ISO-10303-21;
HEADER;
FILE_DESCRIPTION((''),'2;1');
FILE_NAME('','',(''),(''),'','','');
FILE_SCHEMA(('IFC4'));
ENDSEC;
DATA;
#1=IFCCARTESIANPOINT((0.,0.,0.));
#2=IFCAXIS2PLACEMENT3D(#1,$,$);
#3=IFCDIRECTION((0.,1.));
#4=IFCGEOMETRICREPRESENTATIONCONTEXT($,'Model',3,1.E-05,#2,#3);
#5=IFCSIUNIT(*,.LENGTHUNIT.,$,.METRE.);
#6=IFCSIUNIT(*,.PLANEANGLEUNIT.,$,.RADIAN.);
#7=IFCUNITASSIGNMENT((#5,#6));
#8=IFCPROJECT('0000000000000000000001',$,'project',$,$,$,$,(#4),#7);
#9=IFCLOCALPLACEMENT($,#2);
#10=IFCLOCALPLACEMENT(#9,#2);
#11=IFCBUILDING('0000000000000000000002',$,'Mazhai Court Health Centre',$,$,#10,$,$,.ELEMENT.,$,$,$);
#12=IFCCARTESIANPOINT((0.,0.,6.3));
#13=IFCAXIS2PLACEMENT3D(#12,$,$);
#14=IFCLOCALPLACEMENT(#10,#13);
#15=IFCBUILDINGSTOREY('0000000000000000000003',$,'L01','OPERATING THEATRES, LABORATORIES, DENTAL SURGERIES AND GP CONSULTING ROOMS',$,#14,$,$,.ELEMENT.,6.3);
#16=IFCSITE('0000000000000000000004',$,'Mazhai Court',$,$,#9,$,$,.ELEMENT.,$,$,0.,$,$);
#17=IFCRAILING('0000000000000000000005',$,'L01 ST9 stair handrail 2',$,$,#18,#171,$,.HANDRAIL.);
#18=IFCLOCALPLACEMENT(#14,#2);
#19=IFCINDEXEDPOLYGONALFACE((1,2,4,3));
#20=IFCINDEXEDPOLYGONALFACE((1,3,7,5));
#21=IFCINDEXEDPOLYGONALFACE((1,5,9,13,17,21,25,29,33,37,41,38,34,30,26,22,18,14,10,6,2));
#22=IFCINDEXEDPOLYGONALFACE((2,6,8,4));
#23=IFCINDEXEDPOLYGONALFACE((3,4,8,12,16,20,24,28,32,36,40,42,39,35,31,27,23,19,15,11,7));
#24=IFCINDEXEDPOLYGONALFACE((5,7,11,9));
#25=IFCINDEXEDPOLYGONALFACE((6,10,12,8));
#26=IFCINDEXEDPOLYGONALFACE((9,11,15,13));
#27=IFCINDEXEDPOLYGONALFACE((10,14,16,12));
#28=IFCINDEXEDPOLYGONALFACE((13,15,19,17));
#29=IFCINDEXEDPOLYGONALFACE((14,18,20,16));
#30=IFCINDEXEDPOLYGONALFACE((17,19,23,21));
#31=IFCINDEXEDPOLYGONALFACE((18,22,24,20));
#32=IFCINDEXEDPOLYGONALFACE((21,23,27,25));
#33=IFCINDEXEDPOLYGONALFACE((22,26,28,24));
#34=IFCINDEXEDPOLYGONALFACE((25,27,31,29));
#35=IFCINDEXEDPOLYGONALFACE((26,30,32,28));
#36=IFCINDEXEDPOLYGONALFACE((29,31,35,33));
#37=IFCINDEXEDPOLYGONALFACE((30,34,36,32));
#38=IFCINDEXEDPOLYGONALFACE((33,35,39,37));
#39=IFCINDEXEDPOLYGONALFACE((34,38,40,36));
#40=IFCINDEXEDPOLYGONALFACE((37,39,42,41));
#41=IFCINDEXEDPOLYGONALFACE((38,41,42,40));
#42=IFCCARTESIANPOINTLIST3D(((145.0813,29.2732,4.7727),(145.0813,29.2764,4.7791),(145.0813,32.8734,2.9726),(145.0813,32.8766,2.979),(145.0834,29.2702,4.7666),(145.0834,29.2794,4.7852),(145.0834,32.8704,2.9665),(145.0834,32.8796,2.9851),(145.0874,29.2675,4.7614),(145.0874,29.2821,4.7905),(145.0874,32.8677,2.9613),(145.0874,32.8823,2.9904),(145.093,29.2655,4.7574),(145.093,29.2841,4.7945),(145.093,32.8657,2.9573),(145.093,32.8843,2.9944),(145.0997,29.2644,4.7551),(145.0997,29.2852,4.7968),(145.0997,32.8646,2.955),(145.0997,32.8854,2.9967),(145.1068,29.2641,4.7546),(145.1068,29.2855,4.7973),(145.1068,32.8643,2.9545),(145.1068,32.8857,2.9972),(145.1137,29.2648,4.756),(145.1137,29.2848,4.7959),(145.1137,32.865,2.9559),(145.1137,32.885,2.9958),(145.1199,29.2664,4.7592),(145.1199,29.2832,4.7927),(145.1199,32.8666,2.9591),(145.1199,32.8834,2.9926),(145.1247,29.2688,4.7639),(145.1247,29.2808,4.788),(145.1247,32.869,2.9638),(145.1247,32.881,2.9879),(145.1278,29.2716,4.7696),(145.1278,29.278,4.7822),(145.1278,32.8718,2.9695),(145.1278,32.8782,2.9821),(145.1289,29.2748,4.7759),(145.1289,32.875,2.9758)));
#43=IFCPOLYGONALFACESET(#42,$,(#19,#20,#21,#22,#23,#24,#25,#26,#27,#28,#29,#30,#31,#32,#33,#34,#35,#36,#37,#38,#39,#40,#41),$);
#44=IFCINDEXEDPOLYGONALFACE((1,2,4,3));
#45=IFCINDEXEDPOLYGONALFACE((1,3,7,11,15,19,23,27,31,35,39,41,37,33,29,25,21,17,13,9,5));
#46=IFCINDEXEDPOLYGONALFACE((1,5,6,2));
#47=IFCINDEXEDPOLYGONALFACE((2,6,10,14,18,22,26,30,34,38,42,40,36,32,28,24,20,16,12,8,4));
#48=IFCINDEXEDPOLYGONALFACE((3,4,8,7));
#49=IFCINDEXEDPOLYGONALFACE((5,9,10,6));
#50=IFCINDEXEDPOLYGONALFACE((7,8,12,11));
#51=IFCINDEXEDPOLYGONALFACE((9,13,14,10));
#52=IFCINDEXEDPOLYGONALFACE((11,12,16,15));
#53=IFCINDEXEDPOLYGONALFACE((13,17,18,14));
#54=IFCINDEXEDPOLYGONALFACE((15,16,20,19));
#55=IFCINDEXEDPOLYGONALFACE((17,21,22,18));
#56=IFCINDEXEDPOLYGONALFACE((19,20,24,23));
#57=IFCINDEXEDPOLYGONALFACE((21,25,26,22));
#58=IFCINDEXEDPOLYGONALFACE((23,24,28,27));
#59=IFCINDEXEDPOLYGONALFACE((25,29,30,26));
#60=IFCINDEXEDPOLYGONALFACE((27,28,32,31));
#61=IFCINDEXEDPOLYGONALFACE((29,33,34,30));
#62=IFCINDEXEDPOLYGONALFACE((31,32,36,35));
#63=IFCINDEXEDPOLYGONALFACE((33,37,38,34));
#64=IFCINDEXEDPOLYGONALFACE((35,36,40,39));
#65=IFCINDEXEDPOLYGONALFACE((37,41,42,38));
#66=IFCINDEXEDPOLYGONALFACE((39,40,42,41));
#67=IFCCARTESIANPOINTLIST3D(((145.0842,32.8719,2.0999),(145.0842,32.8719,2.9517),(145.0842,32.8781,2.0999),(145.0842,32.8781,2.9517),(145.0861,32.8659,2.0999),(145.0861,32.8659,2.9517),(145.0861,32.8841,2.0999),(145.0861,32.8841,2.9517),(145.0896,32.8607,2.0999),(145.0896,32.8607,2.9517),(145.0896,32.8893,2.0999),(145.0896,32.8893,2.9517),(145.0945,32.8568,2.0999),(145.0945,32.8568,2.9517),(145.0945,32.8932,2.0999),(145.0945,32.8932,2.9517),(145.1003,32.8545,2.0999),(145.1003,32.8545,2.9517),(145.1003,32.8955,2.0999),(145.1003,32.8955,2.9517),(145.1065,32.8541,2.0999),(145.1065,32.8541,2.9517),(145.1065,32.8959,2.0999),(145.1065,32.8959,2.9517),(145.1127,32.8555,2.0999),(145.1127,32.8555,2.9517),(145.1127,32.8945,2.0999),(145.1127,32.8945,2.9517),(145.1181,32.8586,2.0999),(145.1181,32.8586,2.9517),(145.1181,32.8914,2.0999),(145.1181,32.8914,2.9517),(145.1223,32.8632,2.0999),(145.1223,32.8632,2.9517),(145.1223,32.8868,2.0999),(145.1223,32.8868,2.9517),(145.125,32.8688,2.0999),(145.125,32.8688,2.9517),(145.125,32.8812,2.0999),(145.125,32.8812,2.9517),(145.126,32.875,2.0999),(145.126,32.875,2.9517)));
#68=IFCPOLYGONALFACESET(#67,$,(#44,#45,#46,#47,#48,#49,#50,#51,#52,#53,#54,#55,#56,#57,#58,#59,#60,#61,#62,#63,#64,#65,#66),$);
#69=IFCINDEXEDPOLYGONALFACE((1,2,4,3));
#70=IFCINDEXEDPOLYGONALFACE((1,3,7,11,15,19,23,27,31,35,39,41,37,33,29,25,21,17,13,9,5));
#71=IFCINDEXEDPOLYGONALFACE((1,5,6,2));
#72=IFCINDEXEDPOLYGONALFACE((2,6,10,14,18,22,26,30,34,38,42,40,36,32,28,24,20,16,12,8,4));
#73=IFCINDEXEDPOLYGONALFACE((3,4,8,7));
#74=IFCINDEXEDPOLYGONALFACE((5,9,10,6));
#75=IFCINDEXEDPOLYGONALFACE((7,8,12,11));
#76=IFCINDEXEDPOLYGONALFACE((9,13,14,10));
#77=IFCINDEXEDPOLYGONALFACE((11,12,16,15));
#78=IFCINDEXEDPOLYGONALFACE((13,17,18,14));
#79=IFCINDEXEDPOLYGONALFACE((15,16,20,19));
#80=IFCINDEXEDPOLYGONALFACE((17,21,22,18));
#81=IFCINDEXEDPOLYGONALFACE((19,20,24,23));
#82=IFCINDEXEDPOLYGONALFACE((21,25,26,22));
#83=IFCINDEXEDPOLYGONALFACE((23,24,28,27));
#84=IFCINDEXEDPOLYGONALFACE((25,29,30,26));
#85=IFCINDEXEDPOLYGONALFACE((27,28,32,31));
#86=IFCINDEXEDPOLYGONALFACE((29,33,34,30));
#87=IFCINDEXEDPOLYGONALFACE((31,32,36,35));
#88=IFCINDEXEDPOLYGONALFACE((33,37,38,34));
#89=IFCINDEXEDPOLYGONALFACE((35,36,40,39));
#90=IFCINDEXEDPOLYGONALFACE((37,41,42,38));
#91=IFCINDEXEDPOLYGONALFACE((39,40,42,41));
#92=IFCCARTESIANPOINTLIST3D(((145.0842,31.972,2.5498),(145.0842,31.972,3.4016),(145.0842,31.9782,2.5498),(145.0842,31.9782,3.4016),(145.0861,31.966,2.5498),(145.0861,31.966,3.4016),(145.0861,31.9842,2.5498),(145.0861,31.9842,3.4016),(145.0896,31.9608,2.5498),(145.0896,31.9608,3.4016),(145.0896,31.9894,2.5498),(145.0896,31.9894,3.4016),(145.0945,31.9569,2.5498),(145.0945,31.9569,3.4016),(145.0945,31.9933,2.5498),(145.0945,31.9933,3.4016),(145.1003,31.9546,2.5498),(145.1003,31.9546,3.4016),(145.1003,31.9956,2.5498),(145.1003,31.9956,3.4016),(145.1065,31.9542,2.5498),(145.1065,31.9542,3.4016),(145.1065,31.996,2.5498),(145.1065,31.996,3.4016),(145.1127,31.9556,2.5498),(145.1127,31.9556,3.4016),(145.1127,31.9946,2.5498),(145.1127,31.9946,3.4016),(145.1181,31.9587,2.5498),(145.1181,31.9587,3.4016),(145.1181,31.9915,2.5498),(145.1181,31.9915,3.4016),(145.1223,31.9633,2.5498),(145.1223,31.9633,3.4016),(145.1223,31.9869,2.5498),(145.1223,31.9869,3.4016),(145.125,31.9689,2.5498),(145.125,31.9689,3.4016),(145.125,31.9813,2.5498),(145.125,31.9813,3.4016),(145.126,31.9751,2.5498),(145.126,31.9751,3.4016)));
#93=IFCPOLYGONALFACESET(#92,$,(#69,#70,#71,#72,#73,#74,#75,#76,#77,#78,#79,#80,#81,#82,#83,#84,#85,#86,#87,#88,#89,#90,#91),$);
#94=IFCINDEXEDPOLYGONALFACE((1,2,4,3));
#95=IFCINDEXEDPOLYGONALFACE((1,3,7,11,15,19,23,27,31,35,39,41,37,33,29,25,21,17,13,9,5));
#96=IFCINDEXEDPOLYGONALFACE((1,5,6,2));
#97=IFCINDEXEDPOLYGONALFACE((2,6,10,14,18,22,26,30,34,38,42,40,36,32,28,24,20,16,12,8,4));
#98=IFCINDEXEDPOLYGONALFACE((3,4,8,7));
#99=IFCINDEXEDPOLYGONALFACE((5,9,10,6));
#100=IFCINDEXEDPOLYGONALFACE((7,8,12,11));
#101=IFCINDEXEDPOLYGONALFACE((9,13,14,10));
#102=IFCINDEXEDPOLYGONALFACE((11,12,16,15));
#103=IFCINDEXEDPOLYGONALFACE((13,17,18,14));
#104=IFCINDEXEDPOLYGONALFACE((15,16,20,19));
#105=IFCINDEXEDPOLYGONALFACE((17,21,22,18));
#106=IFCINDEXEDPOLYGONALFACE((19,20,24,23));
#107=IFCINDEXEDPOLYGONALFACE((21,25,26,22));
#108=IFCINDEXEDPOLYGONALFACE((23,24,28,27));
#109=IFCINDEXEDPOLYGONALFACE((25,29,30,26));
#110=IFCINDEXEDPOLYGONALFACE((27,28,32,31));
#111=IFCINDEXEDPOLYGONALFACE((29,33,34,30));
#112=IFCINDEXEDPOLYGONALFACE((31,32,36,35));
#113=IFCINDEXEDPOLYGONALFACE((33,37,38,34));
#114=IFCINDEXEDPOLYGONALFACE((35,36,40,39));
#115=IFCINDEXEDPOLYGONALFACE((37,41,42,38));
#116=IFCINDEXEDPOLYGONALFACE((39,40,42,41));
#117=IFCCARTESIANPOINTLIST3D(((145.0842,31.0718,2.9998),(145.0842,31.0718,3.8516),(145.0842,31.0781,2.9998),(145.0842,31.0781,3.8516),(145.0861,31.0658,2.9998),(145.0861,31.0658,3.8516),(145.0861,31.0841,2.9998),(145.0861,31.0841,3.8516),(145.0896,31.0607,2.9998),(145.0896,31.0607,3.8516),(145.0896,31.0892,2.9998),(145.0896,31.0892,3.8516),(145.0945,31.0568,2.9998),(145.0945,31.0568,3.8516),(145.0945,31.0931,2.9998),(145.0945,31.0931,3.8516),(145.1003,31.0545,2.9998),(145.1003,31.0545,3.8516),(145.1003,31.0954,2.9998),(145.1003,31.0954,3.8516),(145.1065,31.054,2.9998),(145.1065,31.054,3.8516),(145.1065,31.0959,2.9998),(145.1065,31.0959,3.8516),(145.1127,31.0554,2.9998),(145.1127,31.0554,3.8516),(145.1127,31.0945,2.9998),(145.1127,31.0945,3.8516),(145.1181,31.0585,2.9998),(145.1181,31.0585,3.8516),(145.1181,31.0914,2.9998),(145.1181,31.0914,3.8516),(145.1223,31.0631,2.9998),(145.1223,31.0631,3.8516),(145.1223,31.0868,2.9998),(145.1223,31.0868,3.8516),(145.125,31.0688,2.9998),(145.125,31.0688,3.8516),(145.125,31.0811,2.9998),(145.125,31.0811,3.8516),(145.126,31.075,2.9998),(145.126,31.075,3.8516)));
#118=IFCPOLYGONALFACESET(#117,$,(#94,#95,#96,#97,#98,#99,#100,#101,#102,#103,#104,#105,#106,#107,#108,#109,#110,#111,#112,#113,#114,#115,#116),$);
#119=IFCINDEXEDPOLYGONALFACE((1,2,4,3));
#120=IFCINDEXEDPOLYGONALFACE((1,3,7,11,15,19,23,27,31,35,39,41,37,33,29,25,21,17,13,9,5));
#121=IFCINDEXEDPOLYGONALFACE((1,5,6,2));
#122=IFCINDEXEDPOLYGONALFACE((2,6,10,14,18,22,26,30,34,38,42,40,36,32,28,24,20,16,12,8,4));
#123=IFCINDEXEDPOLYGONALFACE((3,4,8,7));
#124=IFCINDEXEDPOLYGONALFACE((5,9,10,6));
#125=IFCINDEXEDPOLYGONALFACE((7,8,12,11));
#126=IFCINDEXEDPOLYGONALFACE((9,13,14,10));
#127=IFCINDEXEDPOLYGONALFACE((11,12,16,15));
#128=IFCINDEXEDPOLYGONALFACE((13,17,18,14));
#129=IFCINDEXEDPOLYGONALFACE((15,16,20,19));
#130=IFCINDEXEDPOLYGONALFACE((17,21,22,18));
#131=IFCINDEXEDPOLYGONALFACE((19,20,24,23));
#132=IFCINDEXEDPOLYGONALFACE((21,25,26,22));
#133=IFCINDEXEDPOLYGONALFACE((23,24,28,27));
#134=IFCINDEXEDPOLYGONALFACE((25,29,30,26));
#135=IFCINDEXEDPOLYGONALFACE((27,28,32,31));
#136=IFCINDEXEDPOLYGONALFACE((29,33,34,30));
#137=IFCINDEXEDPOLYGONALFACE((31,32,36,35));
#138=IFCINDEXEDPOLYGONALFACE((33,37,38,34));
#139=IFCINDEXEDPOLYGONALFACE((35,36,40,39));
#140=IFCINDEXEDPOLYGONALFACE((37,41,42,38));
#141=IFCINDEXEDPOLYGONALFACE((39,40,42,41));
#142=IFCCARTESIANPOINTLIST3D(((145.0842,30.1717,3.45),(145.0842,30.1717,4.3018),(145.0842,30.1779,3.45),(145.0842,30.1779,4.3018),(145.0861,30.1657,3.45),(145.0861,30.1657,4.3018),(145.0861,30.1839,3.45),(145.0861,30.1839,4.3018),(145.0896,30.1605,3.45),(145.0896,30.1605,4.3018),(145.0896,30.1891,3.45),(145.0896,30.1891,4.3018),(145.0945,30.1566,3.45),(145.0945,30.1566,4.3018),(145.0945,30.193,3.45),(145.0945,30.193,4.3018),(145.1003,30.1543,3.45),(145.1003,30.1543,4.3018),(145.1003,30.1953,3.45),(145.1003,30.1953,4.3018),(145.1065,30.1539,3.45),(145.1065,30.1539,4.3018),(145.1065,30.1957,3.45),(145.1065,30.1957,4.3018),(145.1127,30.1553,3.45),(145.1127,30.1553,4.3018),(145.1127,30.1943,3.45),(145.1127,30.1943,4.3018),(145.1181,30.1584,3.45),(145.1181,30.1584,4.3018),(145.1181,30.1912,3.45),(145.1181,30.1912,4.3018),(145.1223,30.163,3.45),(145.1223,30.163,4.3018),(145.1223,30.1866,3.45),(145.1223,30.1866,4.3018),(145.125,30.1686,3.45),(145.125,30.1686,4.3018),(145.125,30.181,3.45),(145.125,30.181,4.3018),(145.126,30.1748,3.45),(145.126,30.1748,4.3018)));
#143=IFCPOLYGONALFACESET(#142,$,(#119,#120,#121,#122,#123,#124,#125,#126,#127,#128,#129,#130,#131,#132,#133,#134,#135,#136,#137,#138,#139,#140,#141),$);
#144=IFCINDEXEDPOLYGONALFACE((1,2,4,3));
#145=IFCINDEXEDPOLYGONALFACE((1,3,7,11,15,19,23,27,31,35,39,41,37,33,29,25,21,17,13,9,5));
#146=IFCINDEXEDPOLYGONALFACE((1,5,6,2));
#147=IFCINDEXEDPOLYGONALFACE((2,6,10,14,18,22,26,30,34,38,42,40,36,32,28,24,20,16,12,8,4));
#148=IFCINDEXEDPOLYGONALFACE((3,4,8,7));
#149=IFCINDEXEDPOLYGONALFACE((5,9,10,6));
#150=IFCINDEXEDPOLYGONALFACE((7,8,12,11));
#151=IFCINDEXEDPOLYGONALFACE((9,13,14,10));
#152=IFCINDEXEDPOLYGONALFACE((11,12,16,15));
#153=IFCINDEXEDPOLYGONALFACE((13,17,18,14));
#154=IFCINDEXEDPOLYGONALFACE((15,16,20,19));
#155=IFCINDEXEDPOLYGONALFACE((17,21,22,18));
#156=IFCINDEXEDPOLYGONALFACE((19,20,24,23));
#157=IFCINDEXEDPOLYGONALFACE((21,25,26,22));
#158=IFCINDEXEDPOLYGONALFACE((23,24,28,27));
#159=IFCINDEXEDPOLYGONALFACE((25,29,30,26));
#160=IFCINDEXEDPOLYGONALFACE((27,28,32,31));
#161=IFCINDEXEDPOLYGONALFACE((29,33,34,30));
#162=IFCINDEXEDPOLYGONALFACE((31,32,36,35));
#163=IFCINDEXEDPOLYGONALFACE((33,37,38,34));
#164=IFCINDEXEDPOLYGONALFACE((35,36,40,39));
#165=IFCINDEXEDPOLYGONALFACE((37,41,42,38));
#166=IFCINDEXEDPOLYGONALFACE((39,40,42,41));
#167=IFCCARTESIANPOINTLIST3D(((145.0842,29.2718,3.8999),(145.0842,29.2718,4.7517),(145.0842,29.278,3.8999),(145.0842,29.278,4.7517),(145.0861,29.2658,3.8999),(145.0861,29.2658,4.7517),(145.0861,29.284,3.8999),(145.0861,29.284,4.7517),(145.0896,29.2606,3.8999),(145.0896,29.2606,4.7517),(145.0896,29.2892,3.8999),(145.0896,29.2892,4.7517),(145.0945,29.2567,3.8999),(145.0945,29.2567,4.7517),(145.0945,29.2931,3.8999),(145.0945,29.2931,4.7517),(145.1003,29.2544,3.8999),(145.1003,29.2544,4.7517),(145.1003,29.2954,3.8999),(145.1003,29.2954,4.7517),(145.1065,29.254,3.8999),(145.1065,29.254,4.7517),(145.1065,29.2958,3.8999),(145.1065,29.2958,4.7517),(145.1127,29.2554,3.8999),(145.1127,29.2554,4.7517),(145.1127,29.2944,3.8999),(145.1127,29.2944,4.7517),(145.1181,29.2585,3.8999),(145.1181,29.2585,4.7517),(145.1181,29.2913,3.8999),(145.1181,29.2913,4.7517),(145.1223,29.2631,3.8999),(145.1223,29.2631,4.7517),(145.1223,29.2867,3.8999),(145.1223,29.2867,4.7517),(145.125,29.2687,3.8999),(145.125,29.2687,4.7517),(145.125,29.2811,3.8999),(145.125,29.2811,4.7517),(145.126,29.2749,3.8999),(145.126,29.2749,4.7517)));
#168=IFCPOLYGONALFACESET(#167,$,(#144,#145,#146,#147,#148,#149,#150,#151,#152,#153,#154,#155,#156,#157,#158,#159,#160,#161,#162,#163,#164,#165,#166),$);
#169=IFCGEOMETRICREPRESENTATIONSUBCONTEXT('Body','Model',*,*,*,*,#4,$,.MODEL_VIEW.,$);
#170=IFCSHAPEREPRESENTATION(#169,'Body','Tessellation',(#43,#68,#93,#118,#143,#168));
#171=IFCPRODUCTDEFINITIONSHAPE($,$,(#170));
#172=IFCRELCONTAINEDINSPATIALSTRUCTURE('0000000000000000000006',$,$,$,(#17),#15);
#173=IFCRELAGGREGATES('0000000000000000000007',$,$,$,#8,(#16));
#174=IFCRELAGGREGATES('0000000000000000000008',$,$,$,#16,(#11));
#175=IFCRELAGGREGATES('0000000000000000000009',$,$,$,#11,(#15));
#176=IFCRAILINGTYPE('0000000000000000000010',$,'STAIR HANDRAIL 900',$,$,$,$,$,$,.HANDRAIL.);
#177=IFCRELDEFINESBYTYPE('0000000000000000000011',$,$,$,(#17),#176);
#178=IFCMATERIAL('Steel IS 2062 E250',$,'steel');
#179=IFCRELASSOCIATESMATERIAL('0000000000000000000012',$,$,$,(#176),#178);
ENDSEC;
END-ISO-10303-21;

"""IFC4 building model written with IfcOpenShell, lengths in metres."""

from ifc_helpers import new_model, si_unit, direction, frame, origin, origin_2d, place, context, subcontext, project, spatial, circle, extrude, material, type_object, element, save


model = new_model("IFC4")

# Units and contexts
model_context = context("Model", 3, precision=1e-05, world=origin(), true_north=direction((0.0, 1.0)))
body_context = subcontext(model_context, "Body", "Model", "MODEL_VIEW")
ifc_project = project(units=[si_unit("LENGTHUNIT", "METRE"), si_unit("PLANEANGLEUNIT", "RADIAN")], contexts=[model_context])

# Site, building, storey
site_placement = place(None, origin())
site = spatial("IfcSite", under=ifc_project, at=site_placement, Name="Mazhai Court", CompositionType="ELEMENT", RefElevation=0.0)
building_placement = place(site_placement, origin())
building = spatial("IfcBuilding", under=site, at=building_placement, Name="Mazhai Court Health Centre", CompositionType="ELEMENT")
storey_placement = place(building_placement, frame((0.0, 0.0, 6.3)))
storey = spatial("IfcBuildingStorey", under=building, at=storey_placement, Name="L01", Description="OPERATING THEATRES, LABORATORIES, DENTAL SURGERIES AND GP CONSULTING ROOMS", CompositionType="ELEMENT", Elevation=6.3)

# Railing
ifc_material_1 = material(Name="Steel IS 2062 E250", Category="steel")
railing_type_1 = type_object("IfcRailingType", Name="STAIR HANDRAIL 900", PredefinedType="HANDRAIL", material=ifc_material_1)
railing_1_placement = place(storey_placement, frame((145.105, 32.875, 2.0999)))
element("IfcRailing", 1, at=railing_1_placement, inside=storey, type_object=railing_type_1, Name="L01 ST9 stair handrail 2", PredefinedType="HANDRAIL", context=body_context, shape_type="SweptSolid", body=[
    extrude(circle(Radius=0.0239, at=origin_2d()), frame((0.0, 0.0, 0.876), z_axis=(0.0, -0.894427, 0.447214), x_axis=(1.0, 0.0, 0.0)), (0.0, 0.0, 1.0), 4.0251),
    extrude(circle(Radius=0.021, at=origin_2d()), origin(), (0.0, 0.0, 1.0), 0.8518),
    extrude(circle(Radius=0.021, at=origin_2d()), frame((0.0, -0.8999, 0.45)), (0.0, 0.0, 1.0), 0.8518),
    extrude(circle(Radius=0.021, at=origin_2d()), frame((0.0, -1.8, 0.8999)), (0.0, 0.0, 1.0), 0.8518),
    extrude(circle(Radius=0.021, at=origin_2d()), frame((0.0, -2.7002, 1.3501)), (0.0, 0.0, 1.0), 0.8518),
    extrude(circle(Radius=0.021, at=origin_2d()), frame((0.0, -3.6001, 1.8)), (0.0, 0.0, 1.0), 0.8518),
])

save(model, "model.ifc")
